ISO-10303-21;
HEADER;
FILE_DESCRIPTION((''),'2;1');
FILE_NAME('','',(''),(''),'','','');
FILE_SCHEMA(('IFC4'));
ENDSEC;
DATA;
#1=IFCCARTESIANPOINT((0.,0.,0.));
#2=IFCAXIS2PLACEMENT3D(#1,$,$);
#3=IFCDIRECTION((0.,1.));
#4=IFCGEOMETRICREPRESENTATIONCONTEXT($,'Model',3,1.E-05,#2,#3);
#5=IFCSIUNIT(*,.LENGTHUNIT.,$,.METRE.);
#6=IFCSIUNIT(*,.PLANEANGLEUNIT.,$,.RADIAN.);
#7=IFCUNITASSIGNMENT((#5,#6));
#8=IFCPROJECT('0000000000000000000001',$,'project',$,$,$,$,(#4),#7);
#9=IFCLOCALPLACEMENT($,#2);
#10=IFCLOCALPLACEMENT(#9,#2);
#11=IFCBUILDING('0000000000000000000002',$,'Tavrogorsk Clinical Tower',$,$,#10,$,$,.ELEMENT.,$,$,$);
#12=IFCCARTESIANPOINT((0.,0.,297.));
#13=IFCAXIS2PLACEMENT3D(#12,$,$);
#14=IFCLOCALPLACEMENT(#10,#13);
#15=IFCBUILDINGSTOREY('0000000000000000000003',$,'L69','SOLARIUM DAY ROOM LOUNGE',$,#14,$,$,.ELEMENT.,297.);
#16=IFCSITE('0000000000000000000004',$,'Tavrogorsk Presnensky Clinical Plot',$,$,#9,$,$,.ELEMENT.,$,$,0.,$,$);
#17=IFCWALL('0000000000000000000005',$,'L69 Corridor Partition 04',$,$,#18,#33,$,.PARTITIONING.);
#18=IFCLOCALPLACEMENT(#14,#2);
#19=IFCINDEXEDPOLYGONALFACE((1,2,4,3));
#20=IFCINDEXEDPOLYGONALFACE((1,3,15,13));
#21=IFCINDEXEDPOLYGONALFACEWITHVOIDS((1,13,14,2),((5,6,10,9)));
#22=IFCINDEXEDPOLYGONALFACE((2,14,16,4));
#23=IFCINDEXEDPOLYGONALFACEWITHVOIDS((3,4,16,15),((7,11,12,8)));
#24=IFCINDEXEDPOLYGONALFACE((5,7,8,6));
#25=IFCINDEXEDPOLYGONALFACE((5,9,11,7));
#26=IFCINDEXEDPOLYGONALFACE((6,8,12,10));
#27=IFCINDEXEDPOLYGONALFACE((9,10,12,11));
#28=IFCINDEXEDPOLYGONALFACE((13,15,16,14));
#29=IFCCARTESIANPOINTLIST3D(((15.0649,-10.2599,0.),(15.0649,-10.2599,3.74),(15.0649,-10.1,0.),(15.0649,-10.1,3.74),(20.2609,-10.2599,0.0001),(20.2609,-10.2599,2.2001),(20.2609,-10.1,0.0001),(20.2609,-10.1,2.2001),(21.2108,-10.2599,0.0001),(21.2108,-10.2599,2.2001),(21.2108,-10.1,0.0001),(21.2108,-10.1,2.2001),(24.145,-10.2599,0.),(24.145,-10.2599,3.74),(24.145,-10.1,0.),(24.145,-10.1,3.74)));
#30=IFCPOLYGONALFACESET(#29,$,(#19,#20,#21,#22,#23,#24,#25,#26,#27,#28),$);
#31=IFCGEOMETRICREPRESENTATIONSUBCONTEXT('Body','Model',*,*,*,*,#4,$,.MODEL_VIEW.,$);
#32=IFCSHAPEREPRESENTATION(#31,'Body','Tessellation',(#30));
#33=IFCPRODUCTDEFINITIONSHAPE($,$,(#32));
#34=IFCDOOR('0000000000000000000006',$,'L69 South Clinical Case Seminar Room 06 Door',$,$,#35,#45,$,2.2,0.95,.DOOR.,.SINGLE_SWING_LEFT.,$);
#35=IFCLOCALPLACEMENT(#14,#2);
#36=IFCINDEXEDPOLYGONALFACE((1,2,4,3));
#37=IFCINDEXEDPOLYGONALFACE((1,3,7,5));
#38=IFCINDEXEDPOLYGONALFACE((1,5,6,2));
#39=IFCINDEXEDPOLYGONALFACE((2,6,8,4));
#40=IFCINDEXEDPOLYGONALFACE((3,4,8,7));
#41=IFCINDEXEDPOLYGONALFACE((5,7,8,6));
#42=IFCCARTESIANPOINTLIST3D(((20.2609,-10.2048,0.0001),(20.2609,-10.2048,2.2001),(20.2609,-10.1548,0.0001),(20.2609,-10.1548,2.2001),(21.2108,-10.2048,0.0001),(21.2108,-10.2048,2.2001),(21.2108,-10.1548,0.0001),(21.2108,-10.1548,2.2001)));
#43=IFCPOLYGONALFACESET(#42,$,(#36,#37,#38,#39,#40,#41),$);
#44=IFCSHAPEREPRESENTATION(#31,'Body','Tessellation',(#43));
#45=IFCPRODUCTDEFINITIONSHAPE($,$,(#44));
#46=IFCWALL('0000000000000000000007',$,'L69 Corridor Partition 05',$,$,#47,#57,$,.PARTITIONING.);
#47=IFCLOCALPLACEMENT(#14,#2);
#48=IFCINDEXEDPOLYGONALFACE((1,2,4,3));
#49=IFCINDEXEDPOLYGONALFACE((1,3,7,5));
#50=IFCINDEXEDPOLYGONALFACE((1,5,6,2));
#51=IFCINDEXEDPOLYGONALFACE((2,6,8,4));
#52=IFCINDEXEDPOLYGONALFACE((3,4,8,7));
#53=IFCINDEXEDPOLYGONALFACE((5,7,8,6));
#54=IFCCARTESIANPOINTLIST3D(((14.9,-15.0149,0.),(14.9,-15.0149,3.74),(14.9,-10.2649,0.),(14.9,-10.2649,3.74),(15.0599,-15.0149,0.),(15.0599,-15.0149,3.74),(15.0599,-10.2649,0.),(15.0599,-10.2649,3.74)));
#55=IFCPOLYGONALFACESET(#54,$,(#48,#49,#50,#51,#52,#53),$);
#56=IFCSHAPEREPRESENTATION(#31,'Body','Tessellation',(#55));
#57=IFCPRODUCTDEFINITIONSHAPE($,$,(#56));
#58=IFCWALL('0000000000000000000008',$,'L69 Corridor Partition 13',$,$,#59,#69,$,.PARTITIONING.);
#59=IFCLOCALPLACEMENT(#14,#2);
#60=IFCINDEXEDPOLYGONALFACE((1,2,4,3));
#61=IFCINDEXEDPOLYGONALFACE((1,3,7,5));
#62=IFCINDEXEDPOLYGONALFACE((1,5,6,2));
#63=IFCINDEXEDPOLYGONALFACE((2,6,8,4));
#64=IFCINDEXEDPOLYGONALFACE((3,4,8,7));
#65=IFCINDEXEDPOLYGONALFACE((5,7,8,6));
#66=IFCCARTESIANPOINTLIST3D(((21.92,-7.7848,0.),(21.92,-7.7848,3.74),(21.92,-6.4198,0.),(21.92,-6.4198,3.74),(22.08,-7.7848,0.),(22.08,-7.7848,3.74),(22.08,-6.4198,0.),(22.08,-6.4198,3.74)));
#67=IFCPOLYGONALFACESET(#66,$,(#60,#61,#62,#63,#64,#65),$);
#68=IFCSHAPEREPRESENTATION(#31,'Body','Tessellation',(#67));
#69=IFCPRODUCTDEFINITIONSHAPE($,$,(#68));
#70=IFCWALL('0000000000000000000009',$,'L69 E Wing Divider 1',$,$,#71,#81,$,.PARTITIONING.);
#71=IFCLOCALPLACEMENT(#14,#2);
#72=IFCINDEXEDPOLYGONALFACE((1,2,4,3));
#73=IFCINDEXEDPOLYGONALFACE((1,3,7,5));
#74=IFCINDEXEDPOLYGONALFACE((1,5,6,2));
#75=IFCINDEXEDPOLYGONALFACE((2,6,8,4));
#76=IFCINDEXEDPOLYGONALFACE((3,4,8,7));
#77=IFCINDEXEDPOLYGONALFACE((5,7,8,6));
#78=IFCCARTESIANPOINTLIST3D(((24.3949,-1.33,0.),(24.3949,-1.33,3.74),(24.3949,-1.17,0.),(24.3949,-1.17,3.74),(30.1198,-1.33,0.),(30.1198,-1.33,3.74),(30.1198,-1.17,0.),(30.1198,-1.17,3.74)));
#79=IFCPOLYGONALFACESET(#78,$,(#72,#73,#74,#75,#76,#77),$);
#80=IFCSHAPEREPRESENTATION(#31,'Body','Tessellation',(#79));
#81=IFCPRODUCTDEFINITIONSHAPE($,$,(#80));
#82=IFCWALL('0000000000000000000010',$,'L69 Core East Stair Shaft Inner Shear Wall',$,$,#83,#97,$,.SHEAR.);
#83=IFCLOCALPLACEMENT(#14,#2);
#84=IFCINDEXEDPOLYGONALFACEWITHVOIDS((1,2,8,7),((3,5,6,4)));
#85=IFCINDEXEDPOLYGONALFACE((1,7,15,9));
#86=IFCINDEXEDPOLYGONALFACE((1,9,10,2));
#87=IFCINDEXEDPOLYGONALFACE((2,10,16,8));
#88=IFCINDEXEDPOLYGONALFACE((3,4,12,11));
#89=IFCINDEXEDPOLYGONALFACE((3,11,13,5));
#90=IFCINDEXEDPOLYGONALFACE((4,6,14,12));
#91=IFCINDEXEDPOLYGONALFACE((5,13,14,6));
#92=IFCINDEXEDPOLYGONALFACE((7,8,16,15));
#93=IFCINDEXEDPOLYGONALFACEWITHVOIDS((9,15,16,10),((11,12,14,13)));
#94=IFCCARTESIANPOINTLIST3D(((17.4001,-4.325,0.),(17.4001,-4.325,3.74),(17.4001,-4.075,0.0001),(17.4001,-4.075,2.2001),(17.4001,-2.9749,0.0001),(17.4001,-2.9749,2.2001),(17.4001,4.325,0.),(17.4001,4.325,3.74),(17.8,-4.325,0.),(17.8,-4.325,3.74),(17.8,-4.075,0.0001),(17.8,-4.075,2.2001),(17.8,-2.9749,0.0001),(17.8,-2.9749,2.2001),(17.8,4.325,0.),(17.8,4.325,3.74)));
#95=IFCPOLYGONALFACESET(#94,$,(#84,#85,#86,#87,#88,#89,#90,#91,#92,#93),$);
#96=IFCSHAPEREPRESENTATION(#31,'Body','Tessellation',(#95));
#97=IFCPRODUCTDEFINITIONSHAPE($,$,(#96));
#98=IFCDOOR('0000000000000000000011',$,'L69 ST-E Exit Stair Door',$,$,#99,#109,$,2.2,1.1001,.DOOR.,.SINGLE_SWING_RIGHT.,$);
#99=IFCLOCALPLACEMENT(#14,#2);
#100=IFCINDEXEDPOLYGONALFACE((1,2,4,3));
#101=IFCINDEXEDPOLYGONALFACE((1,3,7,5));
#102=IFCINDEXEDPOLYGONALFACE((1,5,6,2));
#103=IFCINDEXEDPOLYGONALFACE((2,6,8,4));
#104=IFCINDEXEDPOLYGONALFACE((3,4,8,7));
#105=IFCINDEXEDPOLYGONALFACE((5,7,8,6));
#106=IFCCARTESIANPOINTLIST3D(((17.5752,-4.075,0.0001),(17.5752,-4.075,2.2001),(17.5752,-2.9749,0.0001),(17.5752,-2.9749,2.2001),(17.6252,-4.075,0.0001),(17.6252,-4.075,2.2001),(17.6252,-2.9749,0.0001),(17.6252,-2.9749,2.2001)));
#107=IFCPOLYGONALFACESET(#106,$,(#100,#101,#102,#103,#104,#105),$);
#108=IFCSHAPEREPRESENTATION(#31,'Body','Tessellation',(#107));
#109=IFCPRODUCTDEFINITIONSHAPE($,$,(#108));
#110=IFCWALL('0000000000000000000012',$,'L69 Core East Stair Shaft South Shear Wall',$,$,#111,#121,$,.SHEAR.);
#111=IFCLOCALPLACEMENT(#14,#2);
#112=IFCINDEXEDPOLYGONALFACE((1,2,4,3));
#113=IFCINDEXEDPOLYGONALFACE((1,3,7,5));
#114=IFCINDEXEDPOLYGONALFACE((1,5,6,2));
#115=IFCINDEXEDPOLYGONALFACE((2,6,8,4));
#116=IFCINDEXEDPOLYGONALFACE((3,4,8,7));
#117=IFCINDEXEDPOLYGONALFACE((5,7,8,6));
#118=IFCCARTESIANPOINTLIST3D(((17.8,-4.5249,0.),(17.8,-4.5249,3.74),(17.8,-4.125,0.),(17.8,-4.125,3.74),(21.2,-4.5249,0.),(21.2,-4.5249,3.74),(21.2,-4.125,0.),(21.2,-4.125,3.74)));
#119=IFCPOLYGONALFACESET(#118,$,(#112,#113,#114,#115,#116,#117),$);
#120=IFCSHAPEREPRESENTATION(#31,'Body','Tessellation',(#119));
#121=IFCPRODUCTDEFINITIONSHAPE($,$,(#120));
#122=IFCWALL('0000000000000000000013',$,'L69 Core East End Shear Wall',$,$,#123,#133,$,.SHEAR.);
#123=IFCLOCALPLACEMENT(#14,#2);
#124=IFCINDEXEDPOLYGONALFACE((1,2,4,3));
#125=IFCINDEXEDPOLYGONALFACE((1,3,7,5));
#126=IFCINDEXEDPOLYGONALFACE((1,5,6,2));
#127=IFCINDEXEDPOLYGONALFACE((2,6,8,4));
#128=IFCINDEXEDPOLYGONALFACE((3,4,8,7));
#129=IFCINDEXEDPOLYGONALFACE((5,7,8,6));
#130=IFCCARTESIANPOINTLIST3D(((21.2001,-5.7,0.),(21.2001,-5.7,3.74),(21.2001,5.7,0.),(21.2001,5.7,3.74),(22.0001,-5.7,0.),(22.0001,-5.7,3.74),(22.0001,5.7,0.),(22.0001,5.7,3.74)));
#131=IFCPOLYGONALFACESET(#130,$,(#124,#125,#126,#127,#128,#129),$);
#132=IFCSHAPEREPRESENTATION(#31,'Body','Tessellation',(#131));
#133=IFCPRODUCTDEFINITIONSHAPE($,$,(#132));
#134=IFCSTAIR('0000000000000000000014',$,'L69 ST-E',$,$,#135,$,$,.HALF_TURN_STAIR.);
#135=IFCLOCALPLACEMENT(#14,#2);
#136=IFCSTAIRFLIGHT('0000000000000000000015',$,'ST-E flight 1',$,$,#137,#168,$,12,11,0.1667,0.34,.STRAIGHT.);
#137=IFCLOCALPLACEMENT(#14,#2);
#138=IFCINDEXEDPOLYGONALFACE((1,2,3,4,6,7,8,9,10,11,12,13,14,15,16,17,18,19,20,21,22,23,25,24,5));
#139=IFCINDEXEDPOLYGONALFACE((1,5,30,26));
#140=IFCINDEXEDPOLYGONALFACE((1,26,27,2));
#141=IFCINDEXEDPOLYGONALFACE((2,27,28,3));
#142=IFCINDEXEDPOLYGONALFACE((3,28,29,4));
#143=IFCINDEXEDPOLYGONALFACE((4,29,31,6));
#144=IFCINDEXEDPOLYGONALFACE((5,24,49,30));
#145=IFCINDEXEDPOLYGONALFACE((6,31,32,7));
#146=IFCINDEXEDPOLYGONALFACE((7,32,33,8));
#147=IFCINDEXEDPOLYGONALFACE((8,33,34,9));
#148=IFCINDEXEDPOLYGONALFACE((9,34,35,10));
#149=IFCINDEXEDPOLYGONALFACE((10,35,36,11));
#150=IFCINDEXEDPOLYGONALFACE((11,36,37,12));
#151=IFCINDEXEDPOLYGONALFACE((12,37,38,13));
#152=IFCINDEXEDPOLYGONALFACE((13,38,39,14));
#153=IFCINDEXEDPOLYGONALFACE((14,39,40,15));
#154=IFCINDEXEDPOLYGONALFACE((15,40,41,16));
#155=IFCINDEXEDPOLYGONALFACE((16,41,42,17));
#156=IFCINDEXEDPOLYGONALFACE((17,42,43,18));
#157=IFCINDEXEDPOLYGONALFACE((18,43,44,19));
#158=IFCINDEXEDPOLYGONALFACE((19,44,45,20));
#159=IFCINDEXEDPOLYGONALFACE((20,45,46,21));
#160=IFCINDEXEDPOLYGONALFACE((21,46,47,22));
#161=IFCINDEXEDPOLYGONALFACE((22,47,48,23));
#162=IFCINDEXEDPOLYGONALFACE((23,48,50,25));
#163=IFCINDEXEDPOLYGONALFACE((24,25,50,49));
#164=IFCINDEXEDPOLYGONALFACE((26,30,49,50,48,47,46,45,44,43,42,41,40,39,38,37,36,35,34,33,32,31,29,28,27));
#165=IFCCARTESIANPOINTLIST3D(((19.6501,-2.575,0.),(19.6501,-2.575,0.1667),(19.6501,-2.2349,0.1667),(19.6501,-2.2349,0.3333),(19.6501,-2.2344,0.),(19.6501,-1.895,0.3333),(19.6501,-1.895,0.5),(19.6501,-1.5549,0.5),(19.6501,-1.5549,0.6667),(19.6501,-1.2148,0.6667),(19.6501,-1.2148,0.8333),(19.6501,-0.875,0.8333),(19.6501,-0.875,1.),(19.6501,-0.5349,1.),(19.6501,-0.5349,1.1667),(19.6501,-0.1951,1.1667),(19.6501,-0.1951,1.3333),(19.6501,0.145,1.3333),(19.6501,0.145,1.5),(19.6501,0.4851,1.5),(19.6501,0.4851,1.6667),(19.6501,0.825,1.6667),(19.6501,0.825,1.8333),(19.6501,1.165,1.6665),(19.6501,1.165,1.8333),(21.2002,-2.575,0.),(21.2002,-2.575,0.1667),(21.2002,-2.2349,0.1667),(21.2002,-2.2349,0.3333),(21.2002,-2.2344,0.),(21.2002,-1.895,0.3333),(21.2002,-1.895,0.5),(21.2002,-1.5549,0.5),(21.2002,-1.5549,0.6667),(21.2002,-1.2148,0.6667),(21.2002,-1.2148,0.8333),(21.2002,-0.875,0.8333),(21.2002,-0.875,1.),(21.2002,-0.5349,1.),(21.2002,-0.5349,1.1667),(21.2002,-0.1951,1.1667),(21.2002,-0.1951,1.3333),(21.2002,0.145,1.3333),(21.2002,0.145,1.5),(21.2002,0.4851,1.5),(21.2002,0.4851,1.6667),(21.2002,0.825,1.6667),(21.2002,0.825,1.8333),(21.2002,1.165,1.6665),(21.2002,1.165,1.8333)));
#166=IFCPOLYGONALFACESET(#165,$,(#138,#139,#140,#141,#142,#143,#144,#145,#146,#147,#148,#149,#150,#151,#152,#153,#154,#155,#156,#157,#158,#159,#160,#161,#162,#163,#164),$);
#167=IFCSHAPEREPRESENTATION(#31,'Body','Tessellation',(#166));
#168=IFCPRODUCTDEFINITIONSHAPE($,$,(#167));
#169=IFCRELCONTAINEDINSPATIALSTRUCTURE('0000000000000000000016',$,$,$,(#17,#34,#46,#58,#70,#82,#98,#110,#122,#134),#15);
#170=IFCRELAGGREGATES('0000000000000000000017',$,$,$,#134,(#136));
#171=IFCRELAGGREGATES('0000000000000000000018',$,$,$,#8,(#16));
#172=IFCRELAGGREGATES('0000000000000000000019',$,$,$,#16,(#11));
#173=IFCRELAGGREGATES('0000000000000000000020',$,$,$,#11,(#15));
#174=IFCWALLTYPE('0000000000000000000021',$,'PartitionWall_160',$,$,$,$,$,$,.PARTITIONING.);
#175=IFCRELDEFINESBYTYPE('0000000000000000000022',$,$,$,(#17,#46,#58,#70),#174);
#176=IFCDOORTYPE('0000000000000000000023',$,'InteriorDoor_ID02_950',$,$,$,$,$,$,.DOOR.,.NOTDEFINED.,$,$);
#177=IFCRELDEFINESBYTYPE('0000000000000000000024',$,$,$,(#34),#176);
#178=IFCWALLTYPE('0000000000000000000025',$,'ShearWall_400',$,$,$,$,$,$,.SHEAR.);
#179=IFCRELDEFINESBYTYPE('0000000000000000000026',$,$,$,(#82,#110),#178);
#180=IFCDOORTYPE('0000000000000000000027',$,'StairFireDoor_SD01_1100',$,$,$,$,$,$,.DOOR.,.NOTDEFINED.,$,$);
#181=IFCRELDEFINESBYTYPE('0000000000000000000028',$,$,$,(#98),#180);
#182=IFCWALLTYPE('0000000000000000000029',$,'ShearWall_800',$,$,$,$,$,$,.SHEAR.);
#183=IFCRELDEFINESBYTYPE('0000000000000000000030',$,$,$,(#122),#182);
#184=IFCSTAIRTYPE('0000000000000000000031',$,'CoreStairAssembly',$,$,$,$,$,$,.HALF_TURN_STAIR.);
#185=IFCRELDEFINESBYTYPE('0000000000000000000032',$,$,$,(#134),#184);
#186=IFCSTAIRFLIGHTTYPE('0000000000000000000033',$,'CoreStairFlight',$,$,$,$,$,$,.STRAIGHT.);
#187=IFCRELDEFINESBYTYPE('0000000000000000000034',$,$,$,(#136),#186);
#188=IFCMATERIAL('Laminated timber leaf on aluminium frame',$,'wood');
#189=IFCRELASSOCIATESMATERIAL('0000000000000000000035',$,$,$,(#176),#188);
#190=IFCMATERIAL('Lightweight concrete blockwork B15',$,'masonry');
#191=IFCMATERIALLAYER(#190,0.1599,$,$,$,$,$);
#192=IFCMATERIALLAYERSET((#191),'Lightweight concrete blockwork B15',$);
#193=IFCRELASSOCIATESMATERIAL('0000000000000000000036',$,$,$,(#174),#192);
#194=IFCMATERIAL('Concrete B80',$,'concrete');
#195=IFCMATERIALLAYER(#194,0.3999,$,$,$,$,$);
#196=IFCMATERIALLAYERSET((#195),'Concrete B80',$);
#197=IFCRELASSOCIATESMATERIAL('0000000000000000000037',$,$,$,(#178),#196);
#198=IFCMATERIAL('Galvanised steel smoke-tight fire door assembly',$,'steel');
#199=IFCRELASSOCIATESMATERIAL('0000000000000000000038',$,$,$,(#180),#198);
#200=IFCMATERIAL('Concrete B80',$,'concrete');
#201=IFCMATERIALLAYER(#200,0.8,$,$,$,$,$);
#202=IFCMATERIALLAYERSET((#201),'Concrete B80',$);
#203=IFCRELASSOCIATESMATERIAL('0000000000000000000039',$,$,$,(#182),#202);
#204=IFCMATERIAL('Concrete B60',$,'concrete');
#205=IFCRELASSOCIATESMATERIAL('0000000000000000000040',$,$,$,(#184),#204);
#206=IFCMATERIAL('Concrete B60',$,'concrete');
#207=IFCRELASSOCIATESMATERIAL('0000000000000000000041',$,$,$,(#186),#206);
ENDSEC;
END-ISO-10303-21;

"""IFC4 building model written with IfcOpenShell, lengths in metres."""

from ifc_helpers import new_model, si_unit, direction, frame, frame_2d, origin, place, context, subcontext, project, spatial, polyline, rectangle, outline, extrude, material, layer, layer_set, type_object, element, fill, aggregate, save


model = new_model("IFC4")

# Units and contexts
model_context = context("Model", 3, precision=1e-05, world=origin(), true_north=direction((0.0, 1.0)))
body_context = subcontext(model_context, "Body", "Model", "MODEL_VIEW")
ifc_project = project(units=[si_unit("LENGTHUNIT", "METRE"), si_unit("PLANEANGLEUNIT", "RADIAN")], contexts=[model_context])

# Site, building, storey
site_placement = place(None, origin())
site = spatial("IfcSite", under=ifc_project, at=site_placement, Name="Tavrogorsk Presnensky Clinical Plot", CompositionType="ELEMENT", RefElevation=0.0)
building_placement = place(site_placement, origin())
building = spatial("IfcBuilding", under=site, at=building_placement, Name="Tavrogorsk Clinical Tower", CompositionType="ELEMENT")
storey_placement = place(building_placement, frame((0.0, 0.0, 297.0)))
storey = spatial("IfcBuildingStorey", under=building, at=storey_placement, Name="L69", Description="SOLARIUM DAY ROOM LOUNGE", CompositionType="ELEMENT", Elevation=297.0)

# Wall, opening, door
ifc_material_1 = material(Name="Laminated timber leaf on aluminium frame", Category="wood")
door_type_1 = type_object("IfcDoorType", Name="InteriorDoor_ID02_950", OperationType="NOTDEFINED", PredefinedType="DOOR", material=ifc_material_1)
ifc_material_2 = material(Name="Lightweight concrete blockwork B15", Category="masonry")
ifc_layer_1 = layer(ifc_material_2, 0.1599)
ifc_layer_set_1 = layer_set([ifc_layer_1], Name="Lightweight concrete blockwork B15")
wall_type_1 = type_object("IfcWallType", Name="PartitionWall_160", PredefinedType="PARTITIONING", material=ifc_layer_set_1)
wall_1_placement = place(storey_placement, frame((24.145, -10.1799, 0.0), z_axis=(0.0, 0.0, 1.0), x_axis=(-1.0, 0.0, 0.0)))
wall_1 = element("IfcWall", 1, at=wall_1_placement, inside=storey, type_object=wall_type_1, Name="L69 Corridor Partition 04", PredefinedType="PARTITIONING", context=body_context, shape_type="SweptSolid", body=[
    extrude(rectangle(XDim=9.0801, YDim=0.1599, at=frame_2d((4.54, 0.0))), origin(), (0.0, 0.0, 1.0), 3.74),
])
opening_1_placement = place(wall_1_placement, frame((2.9341, 0.0, 0.0)))
opening_1 = element("IfcOpeningElement", 2, at=opening_1_placement, cuts=wall_1, PredefinedType="OPENING", context=body_context, shape_type="SweptSolid", body=[
    extrude(rectangle(XDim=0.95, YDim=2.2, at=frame_2d((0.4751, 1.1001))), frame((0.0, 0.0898, 0.0), z_axis=(0.0, -1.0, 0.0), x_axis=(1.0, 0.0, 0.0)), (0.0, 0.0, 1.0), 0.1799),
])
door_1_placement = place(opening_1_placement, origin())
door_1 = element("IfcDoor", 3, at=door_1_placement, inside=storey, type_object=door_type_1, Name="L69 South Clinical Case Seminar Room 06 Door", OperationType="SINGLE_SWING_LEFT", OverallHeight=2.2, OverallWidth=0.95, PredefinedType="DOOR", context=body_context, shape_type="SweptSolid", body=[
    extrude(rectangle(XDim=0.95, YDim=2.2, at=frame_2d((0.4751, 1.1001))), frame((0.0, 0.0249, 0.0), z_axis=(0.0, -1.0, 0.0), x_axis=(1.0, 0.0, 0.0)), (0.0, 0.0, 1.0), 0.05),
])
fill(opening_1, door_1)

# Walls
wall_2_placement = place(storey_placement, frame((14.98, -10.2649, 0.0), z_axis=(0.0, 0.0, 1.0), x_axis=(0.0, -1.0, 0.0)))
element("IfcWall", 4, at=wall_2_placement, inside=storey, type_object=wall_type_1, Name="L69 Corridor Partition 05", PredefinedType="PARTITIONING", context=body_context, shape_type="SweptSolid", body=[
    extrude(rectangle(XDim=4.75, YDim=0.1599, at=frame_2d((2.375, 0.0))), origin(), (0.0, 0.0, 1.0), 3.74),
])
wall_3_placement = place(storey_placement, frame((22.0, -7.7849, 0.0), z_axis=(0.0, 0.0, 1.0), x_axis=(0.0, 1.0, 0.0)))
element("IfcWall", 5, at=wall_3_placement, inside=storey, type_object=wall_type_1, Name="L69 Corridor Partition 13", PredefinedType="PARTITIONING", context=body_context, shape_type="SweptSolid", body=[
    extrude(rectangle(XDim=1.365, YDim=0.1599, at=frame_2d((0.6826, 0.0))), origin(), (0.0, 0.0, 1.0), 3.74),
])
wall_4_placement = place(storey_placement, frame((24.395, -1.25, 0.0), z_axis=(0.0, 0.0, 1.0), x_axis=(1.0, 0.0, 0.0)))
element("IfcWall", 6, at=wall_4_placement, inside=storey, type_object=wall_type_1, Name="L69 E Wing Divider 1", PredefinedType="PARTITIONING", context=body_context, shape_type="SweptSolid", body=[
    extrude(rectangle(XDim=5.7249, YDim=0.1599, at=frame_2d((2.8623, 0.0))), origin(), (0.0, 0.0, 1.0), 3.74),
])

# Wall, opening, door
ifc_material_3 = material(Name="Concrete B80", Category="concrete")
ifc_layer_2 = layer(ifc_material_3, 0.3999)
ifc_layer_set_2 = layer_set([ifc_layer_2], Name="Concrete B80")
wall_type_2 = type_object("IfcWallType", Name="ShearWall_400", PredefinedType="SHEAR", material=ifc_layer_set_2)
wall_5_placement = place(storey_placement, frame((17.6001, -4.325, 0.0), z_axis=(0.0, 0.0, 1.0), x_axis=(0.0, 1.0, 0.0)))
wall_5 = element("IfcWall", 7, at=wall_5_placement, inside=storey, type_object=wall_type_2, Name="L69 Core East Stair Shaft Inner Shear Wall", PredefinedType="SHEAR", context=body_context, shape_type="SweptSolid", body=[
    extrude(rectangle(XDim=8.6499, YDim=0.3999, at=frame_2d((4.325, 0.0))), origin(), (0.0, 0.0, 1.0), 3.74),
])
opening_2_placement = place(wall_5_placement, frame((0.25, 0.0, 0.0)))
opening_2 = element("IfcOpeningElement", 8, at=opening_2_placement, cuts=wall_5, PredefinedType="OPENING", context=body_context, shape_type="SweptSolid", body=[
    extrude(rectangle(XDim=1.1001, YDim=2.2, at=frame_2d((0.55, 1.1001))), frame((0.0, 0.21, 0.0), z_axis=(0.0, -1.0, 0.0), x_axis=(1.0, 0.0, 0.0)), (0.0, 0.0, 1.0), 0.4199),
])
ifc_material_4 = material(Name="Galvanised steel smoke-tight fire door assembly", Category="steel")
door_type_2 = type_object("IfcDoorType", Name="StairFireDoor_SD01_1100", OperationType="NOTDEFINED", PredefinedType="DOOR", material=ifc_material_4)
door_2_placement = place(opening_2_placement, origin())
door_2 = element("IfcDoor", 9, at=door_2_placement, inside=storey, type_object=door_type_2, Name="L69 ST-E Exit Stair Door", OperationType="SINGLE_SWING_RIGHT", OverallHeight=2.2, OverallWidth=1.1001, PredefinedType="DOOR", context=body_context, shape_type="SweptSolid", body=[
    extrude(rectangle(XDim=1.1001, YDim=2.2, at=frame_2d((0.55, 1.1001))), frame((0.0, 0.0249, 0.0), z_axis=(0.0, -1.0, 0.0), x_axis=(1.0, 0.0, 0.0)), (0.0, 0.0, 1.0), 0.05),
])
fill(opening_2, door_2)

# Walls
wall_6_placement = place(storey_placement, frame((17.8, -4.325, 0.0), z_axis=(0.0, 0.0, 1.0), x_axis=(1.0, 0.0, 0.0)))
element("IfcWall", 10, at=wall_6_placement, inside=storey, type_object=wall_type_2, Name="L69 Core East Stair Shaft South Shear Wall", PredefinedType="SHEAR", context=body_context, shape_type="SweptSolid", body=[
    extrude(rectangle(XDim=3.3999, YDim=0.3999, at=frame_2d((1.7, 0.0))), origin(), (0.0, 0.0, 1.0), 3.74),
])
ifc_material_5 = material(Name="Concrete B80", Category="concrete")
ifc_layer_3 = layer(ifc_material_5, 0.8)
ifc_layer_set_3 = layer_set([ifc_layer_3], Name="Concrete B80")
wall_type_3 = type_object("IfcWallType", Name="ShearWall_800", PredefinedType="SHEAR", material=ifc_layer_set_3)
wall_7_placement = place(storey_placement, frame((21.6001, -5.7, 0.0), z_axis=(0.0, 0.0, 1.0), x_axis=(0.0, 1.0, 0.0)))
element("IfcWall", 11, at=wall_7_placement, inside=storey, type_object=wall_type_3, Name="L69 Core East End Shear Wall", PredefinedType="SHEAR", context=body_context, shape_type="SweptSolid", body=[
    extrude(rectangle(XDim=11.3999, YDim=0.8, at=frame_2d((5.7, 0.0))), origin(), (0.0, 0.0, 1.0), 3.74),
])

# Stair, stair flight
ifc_material_6 = material(Name="Concrete B60", Category="concrete")
stair_type = type_object("IfcStairType", Name="CoreStairAssembly", PredefinedType="HALF_TURN_STAIR", material=ifc_material_6)
stair_placement = place(storey_placement, origin())
stair = element("IfcStair", 12, at=stair_placement, inside=storey, type_object=stair_type, Name="L69 ST-E", PredefinedType="HALF_TURN_STAIR")
ifc_material_7 = material(Name="Concrete B60", Category="concrete")
stair_flight_type = type_object("IfcStairFlightType", Name="CoreStairFlight", PredefinedType="STRAIGHT", material=ifc_material_7)
stair_flight_placement = place(storey_placement, frame((20.425, -2.575, 0.0), z_axis=(0.0, 0.0, 1.0), x_axis=(0.0, 1.0, 0.0)))
stair_flight = element("IfcStairFlight", 13, at=stair_flight_placement, type_object=stair_flight_type, Name="ST-E flight 1", NumberOfRisers=12, NumberOfTreads=11, PredefinedType="STRAIGHT", RiserHeight=0.1667, TreadLength=0.34, context=body_context, shape_type="SweptSolid", body=[
    extrude(outline(polyline([(0.0, 0.0), (0.0, 0.1667), (0.3401, 0.1667), (0.3401, 0.3333), (0.6799, 0.3333), (0.6799, 0.5), (1.02, 0.5), (1.02, 0.6667), (1.3601, 0.6667), (1.3601, 0.8333), (1.7, 0.8333), (1.7, 1.0), (2.04, 1.0), (2.04, 1.1667), (2.3799, 1.1667), (2.3799, 1.3333), (2.72, 1.3333), (2.72, 1.5), (3.0601, 1.5), (3.0601, 1.6667), (3.3999, 1.6667), (3.3999, 1.8333), (3.74, 1.8333), (3.74, 2.0), (3.74, 1.6665), (0.3406, 0.0), (0.0, 0.0)])), frame((0.0, 0.7749, 0.0), z_axis=(0.0, -1.0, 0.0), x_axis=(1.0, 0.0, 0.0)), (0.0, 0.0, 1.0), 1.55),
])
aggregate(stair, [stair_flight])

save(model, "model.ifc")
